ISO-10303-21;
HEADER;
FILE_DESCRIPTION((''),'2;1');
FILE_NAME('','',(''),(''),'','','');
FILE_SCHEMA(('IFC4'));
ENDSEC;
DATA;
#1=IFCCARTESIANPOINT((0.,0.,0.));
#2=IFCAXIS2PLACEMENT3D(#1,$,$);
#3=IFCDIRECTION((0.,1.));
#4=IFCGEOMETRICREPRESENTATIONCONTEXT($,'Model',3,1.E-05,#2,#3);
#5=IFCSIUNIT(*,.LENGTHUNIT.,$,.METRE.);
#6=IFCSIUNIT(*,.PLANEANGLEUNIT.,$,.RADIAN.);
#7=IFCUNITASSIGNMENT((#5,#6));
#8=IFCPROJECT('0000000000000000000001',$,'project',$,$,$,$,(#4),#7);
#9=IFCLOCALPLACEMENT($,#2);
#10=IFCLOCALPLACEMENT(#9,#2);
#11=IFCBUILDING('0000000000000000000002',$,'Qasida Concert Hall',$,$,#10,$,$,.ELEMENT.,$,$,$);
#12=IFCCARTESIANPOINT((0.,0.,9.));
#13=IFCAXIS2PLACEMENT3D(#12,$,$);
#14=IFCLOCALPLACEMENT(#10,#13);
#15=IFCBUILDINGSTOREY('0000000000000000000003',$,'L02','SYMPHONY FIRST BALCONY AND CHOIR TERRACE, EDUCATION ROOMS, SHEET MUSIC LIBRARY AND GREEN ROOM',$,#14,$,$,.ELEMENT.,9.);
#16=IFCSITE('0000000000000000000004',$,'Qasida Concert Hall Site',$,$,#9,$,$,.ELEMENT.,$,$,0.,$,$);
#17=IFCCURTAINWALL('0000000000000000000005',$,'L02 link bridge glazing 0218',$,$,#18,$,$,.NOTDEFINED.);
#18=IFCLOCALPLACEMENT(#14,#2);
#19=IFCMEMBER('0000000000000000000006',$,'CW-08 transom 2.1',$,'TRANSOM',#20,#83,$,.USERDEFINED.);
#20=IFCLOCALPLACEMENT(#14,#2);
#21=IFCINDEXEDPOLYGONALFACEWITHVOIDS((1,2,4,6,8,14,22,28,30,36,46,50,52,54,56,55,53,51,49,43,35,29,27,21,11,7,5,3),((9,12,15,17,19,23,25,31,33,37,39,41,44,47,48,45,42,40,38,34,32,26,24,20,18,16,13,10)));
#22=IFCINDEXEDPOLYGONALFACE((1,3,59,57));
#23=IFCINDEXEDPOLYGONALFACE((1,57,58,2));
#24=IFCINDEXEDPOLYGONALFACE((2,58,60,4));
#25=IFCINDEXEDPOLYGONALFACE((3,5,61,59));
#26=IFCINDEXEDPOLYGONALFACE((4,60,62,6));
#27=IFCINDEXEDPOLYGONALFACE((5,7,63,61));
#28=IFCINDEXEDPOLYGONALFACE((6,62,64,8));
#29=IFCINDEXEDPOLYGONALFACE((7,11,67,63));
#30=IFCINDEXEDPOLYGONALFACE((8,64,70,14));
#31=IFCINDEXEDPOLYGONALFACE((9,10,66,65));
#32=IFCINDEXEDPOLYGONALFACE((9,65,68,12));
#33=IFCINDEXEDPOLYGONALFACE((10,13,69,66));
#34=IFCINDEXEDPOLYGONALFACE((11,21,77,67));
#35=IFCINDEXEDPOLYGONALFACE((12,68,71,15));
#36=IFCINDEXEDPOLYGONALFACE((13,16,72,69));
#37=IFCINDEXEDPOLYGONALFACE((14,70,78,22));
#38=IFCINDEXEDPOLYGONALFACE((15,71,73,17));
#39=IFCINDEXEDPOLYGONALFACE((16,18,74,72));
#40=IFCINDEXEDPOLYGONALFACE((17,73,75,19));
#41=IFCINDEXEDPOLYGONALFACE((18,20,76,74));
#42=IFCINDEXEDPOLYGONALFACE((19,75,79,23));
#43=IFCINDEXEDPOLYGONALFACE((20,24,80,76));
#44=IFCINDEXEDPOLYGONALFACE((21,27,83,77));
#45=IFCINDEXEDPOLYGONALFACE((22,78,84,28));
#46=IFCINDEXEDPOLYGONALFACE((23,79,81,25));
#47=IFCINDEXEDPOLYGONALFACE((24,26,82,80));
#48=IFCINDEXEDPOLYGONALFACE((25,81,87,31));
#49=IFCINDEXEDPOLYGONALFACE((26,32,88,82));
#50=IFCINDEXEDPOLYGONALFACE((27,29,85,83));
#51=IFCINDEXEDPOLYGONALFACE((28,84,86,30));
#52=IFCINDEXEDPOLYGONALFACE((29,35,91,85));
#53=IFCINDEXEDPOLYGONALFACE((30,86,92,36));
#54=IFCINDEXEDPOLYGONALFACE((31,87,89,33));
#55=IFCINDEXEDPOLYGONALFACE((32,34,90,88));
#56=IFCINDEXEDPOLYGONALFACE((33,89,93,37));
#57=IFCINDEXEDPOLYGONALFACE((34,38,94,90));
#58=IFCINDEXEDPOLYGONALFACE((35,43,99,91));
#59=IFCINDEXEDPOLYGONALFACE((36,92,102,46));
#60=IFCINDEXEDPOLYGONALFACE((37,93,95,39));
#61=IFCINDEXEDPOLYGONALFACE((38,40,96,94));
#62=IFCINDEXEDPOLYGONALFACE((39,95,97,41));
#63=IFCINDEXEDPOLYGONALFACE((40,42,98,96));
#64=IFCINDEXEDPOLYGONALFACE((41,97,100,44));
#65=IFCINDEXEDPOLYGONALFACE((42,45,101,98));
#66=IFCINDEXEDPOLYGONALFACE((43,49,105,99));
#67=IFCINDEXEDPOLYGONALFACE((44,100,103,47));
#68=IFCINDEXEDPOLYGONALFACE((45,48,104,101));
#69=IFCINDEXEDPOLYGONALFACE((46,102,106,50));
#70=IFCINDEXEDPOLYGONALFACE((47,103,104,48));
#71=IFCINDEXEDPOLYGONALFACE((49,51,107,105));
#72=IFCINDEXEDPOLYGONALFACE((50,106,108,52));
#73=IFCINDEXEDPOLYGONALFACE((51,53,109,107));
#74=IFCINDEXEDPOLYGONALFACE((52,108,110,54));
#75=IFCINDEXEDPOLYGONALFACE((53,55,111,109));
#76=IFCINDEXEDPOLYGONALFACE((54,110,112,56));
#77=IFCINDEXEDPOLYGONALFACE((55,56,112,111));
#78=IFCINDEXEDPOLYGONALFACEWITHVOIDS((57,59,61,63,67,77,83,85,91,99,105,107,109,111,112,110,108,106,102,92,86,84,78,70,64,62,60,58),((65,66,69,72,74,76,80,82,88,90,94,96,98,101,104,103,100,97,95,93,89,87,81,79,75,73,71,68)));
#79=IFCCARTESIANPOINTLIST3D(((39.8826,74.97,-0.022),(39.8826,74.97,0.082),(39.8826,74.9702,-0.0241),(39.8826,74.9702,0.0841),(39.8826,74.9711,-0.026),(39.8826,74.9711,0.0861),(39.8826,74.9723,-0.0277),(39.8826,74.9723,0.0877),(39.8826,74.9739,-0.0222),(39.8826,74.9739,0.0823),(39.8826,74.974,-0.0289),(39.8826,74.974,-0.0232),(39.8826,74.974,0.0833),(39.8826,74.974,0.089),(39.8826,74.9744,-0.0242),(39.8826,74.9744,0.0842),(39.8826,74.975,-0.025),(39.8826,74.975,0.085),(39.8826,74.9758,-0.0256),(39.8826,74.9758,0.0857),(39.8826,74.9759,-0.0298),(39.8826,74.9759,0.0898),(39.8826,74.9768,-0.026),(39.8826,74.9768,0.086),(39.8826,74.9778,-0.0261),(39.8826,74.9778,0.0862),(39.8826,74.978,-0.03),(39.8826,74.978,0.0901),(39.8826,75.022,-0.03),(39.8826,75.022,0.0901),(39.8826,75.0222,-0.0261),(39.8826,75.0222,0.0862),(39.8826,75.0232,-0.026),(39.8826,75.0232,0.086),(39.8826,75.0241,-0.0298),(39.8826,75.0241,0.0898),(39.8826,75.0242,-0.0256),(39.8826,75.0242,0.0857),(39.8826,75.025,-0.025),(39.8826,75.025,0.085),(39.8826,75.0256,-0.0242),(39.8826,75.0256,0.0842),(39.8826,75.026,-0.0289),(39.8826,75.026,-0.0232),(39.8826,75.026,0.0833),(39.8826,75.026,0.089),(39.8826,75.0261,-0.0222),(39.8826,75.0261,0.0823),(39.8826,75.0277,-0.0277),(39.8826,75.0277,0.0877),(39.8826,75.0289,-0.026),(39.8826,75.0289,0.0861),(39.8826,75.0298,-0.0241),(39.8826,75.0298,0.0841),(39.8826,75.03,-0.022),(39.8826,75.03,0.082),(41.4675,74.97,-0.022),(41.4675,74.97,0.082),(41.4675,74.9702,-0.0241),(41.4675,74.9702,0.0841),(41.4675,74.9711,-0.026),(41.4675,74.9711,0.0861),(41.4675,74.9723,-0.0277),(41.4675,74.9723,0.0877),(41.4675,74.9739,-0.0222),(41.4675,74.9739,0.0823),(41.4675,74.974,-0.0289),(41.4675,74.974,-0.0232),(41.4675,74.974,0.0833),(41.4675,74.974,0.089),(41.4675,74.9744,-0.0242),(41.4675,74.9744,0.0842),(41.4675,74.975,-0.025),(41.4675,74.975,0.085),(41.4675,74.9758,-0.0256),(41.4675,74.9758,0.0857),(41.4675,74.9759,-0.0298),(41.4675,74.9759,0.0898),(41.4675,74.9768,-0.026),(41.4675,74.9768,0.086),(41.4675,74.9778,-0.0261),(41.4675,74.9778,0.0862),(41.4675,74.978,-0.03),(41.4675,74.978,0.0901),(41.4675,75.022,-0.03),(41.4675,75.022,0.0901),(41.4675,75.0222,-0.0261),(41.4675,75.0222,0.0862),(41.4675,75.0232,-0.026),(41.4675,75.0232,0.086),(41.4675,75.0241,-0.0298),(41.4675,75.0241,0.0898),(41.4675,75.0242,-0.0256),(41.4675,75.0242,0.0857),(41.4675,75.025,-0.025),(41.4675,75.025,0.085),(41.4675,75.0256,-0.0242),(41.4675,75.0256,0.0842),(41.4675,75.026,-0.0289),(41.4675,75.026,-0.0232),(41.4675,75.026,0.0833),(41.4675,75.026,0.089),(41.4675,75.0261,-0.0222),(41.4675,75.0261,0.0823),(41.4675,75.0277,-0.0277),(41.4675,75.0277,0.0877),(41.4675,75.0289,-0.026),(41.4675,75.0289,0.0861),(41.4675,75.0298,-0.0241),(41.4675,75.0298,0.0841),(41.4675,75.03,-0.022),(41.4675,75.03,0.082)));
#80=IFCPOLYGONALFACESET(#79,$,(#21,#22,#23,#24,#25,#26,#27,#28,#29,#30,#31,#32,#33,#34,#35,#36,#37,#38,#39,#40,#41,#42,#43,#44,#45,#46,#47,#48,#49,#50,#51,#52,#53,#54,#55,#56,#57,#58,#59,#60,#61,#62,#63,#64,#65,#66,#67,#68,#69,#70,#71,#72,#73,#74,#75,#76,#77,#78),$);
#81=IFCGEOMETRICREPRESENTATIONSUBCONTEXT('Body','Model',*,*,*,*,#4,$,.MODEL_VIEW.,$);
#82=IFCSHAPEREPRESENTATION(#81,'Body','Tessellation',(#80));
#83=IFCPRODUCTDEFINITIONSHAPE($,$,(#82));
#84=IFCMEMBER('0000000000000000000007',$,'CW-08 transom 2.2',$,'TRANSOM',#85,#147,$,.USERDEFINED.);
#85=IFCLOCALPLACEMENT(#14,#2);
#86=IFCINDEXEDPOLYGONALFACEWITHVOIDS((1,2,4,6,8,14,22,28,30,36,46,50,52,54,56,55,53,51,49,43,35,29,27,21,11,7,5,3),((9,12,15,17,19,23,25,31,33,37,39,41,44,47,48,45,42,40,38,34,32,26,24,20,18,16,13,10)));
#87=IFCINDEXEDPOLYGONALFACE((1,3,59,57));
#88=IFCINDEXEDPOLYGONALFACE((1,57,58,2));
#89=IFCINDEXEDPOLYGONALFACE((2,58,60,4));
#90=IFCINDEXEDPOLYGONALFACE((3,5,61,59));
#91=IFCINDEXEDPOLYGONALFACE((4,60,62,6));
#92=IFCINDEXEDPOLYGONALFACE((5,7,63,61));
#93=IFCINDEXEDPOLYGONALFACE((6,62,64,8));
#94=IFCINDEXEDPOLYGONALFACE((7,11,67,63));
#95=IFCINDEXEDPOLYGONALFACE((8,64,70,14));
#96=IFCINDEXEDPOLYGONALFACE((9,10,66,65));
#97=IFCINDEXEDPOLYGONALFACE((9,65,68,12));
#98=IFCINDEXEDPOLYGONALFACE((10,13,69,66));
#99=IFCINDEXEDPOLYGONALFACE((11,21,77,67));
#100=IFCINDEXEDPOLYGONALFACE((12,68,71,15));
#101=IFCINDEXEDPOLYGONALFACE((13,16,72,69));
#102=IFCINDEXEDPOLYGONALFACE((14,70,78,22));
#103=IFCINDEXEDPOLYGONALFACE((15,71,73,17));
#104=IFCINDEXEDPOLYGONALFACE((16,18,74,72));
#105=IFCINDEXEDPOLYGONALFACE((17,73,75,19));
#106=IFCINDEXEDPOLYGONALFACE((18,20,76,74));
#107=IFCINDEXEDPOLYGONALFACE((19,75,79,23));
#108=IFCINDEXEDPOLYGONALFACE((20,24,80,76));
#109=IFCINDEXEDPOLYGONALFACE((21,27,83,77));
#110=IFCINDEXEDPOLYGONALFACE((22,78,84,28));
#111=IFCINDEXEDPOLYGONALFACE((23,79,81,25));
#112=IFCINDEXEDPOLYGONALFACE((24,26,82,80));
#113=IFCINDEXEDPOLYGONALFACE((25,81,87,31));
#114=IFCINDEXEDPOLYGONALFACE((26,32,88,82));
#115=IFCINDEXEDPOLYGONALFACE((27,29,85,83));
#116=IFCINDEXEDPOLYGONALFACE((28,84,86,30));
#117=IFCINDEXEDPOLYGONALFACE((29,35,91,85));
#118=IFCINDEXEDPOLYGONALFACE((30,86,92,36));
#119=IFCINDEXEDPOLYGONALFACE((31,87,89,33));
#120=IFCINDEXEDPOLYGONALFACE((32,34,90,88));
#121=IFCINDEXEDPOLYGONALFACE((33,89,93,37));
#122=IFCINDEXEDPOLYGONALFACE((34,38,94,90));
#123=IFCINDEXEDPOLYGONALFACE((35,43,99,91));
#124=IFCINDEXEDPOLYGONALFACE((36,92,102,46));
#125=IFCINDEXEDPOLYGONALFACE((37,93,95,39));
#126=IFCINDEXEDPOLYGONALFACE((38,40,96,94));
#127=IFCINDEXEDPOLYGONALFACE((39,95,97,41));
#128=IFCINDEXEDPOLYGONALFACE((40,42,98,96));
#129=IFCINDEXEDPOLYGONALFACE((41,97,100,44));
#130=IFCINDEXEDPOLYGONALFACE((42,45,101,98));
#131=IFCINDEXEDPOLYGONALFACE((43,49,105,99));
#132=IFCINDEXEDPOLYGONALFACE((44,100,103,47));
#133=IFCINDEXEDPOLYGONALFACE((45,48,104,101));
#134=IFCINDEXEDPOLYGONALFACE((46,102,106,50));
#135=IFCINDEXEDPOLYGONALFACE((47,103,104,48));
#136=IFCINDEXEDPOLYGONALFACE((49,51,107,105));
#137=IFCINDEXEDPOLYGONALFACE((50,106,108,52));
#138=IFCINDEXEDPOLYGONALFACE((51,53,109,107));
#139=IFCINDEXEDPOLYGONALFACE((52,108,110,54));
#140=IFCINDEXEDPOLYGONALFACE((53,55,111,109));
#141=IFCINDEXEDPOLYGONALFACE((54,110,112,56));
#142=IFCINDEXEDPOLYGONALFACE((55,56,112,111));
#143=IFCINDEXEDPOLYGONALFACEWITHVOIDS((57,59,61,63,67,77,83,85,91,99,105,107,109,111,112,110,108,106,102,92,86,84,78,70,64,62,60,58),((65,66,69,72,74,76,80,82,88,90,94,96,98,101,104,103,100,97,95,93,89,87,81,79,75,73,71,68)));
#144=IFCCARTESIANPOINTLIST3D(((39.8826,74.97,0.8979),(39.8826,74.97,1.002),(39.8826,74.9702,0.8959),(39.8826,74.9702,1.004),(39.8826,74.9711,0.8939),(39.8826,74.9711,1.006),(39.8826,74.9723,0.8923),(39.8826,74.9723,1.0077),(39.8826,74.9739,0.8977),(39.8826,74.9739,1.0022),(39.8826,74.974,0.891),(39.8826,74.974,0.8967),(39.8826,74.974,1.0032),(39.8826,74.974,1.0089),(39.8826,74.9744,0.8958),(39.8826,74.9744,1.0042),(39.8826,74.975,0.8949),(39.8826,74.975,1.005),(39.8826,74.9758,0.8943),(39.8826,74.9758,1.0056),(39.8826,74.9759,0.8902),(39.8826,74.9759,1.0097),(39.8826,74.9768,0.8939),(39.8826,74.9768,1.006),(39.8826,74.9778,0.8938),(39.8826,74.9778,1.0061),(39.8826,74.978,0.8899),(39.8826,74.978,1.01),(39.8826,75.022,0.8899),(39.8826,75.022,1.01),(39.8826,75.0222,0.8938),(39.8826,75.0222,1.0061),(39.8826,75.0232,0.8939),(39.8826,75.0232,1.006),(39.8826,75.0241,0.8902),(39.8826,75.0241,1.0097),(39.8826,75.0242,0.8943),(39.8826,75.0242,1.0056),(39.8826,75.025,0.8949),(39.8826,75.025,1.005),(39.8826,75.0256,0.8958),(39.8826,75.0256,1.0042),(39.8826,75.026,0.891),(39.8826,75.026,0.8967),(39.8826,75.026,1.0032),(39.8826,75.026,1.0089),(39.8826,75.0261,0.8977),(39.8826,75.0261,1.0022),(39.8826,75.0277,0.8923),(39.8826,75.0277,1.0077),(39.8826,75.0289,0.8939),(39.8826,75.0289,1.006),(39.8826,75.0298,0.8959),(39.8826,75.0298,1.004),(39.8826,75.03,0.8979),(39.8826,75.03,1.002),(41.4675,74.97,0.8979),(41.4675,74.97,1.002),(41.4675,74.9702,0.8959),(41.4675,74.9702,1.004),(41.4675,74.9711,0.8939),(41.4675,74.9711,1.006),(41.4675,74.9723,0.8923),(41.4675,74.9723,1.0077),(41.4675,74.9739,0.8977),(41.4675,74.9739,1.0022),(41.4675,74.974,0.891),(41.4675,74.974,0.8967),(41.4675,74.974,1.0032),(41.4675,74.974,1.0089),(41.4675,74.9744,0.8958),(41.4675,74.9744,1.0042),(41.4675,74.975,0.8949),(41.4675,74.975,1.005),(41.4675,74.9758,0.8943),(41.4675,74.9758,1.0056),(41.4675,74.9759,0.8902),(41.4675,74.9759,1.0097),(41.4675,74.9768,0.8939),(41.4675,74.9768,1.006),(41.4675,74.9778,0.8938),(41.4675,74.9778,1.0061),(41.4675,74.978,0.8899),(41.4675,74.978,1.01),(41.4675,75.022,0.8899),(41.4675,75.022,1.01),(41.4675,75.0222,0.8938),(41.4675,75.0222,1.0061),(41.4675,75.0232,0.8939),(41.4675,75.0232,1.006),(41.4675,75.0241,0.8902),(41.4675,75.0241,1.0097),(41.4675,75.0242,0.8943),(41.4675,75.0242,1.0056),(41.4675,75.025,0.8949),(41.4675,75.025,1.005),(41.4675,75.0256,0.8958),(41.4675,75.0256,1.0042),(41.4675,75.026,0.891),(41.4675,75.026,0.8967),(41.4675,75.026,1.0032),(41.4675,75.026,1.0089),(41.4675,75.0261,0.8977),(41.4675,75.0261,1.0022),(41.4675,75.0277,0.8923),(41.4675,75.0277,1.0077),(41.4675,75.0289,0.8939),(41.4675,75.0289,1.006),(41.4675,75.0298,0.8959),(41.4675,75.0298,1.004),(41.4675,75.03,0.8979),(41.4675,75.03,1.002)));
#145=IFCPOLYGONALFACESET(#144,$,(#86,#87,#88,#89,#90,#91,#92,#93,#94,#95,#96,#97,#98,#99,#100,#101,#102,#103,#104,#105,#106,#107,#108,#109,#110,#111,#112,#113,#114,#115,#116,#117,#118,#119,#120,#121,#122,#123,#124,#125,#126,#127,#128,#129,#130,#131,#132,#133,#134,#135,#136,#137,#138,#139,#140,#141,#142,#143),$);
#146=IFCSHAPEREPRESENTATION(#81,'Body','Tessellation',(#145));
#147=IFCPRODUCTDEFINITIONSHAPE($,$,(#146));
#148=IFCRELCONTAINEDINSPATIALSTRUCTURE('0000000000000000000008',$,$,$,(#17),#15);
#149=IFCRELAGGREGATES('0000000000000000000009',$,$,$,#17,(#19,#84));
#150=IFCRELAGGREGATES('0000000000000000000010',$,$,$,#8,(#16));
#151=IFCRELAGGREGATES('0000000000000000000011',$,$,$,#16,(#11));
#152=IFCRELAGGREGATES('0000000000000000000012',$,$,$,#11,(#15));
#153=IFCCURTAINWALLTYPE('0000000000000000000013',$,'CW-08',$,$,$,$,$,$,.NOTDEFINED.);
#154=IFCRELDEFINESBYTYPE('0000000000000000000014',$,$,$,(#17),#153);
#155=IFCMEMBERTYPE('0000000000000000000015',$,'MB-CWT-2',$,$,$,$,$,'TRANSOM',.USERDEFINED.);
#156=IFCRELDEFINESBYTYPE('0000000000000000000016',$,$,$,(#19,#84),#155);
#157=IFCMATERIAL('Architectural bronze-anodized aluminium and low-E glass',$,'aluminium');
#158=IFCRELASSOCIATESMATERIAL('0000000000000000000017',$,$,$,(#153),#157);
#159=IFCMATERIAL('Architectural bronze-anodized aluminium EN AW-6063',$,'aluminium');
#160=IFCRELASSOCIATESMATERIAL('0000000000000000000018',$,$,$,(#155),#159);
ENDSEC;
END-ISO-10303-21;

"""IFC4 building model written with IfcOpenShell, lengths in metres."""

from ifc_helpers import new_model, si_unit, direction, frame, origin, origin_2d, place, context, subcontext, project, spatial, hollow_rectangle, extrude, material, material_profile, profile_set, type_object, element, aggregate, save


model = new_model("IFC4")

# Units and contexts
model_context = context("Model", 3, precision=1e-05, world=origin(), true_north=direction((0.0, 1.0)))
body_context = subcontext(model_context, "Body", "Model", "MODEL_VIEW")
ifc_project = project(units=[si_unit("LENGTHUNIT", "METRE"), si_unit("PLANEANGLEUNIT", "RADIAN")], contexts=[model_context])

# Site, building, storey
site_placement = place(None, origin())
site = spatial("IfcSite", under=ifc_project, at=site_placement, Name="Qasida Concert Hall Site", CompositionType="ELEMENT", RefElevation=0.0)
building_placement = place(site_placement, origin())
building = spatial("IfcBuilding", under=site, at=building_placement, Name="Qasida Concert Hall", CompositionType="ELEMENT")
storey_placement = place(building_placement, frame((0.0, 0.0, 9.0)))
storey = spatial("IfcBuildingStorey", under=building, at=storey_placement, Name="L02", Description="SYMPHONY FIRST BALCONY AND CHOIR TERRACE, EDUCATION ROOMS, SHEET MUSIC LIBRARY AND GREEN ROOM", CompositionType="ELEMENT", Elevation=9.0)

# Curtain wall, members
ifc_material_1 = material(Name="Architectural bronze-anodized aluminium and low-E glass", Category="aluminium")
curtain_wall_type = type_object("IfcCurtainWallType", Name="CW-08", PredefinedType="NOTDEFINED", material=ifc_material_1)
curtain_wall_placement = place(storey_placement, origin())
curtain_wall = element("IfcCurtainWall", 1, at=curtain_wall_placement, inside=storey, type_object=curtain_wall_type, Name="L02 link bridge glazing 0218", PredefinedType="NOTDEFINED")
ifc_material_2 = material(Name="Architectural bronze-anodized aluminium EN AW-6063", Category="aluminium")
ifc_material_profile_1 = material_profile(ifc_material_2, hollow_rectangle(XDim=0.0601, YDim=0.1201, WallThickness=0.0039, InnerFilletRadius=0.0039, OuterFilletRadius=0.0081, at=origin_2d()), Name="CWT 120x60x4")
ifc_profile_set_1 = profile_set([ifc_material_profile_1], Name="Architectural bronze-anodized aluminium EN AW-6063")
member_type_1 = type_object("IfcMemberType", Name="MB-CWT-2", ElementType="TRANSOM", PredefinedType="USERDEFINED", material=ifc_profile_set_1)
member_1_placement = place(storey_placement, frame((39.8826, 75.0, 0.03), z_axis=(1.0, 0.0, 0.0), x_axis=(0.0, 1.0, 0.0)))
member_1 = element("IfcMember", 2, at=member_1_placement, type_object=member_type_1, Name="CW-08 transom 2.1", ObjectType="TRANSOM", PredefinedType="USERDEFINED", context=body_context, shape_type="SweptSolid", body=[
    extrude(hollow_rectangle(XDim=0.0601, YDim=0.1201, WallThickness=0.0039, InnerFilletRadius=0.0039, OuterFilletRadius=0.0081, at=origin_2d()), origin(), (0.0, 0.0, 1.0), 1.585),
])
member_2_placement = place(storey_placement, frame((39.8826, 75.0, 0.95), z_axis=(1.0, 0.0, 0.0), x_axis=(0.0, 1.0, 0.0)))
member_2 = element("IfcMember", 3, at=member_2_placement, type_object=member_type_1, Name="CW-08 transom 2.2", ObjectType="TRANSOM", PredefinedType="USERDEFINED", context=body_context, shape_type="SweptSolid", body=[
    extrude(hollow_rectangle(XDim=0.0601, YDim=0.1201, WallThickness=0.0039, InnerFilletRadius=0.0039, OuterFilletRadius=0.0081, at=origin_2d()), origin(), (0.0, 0.0, 1.0), 1.585),
])
aggregate(curtain_wall, [member_1, member_2])

save(model, "model.ifc")
